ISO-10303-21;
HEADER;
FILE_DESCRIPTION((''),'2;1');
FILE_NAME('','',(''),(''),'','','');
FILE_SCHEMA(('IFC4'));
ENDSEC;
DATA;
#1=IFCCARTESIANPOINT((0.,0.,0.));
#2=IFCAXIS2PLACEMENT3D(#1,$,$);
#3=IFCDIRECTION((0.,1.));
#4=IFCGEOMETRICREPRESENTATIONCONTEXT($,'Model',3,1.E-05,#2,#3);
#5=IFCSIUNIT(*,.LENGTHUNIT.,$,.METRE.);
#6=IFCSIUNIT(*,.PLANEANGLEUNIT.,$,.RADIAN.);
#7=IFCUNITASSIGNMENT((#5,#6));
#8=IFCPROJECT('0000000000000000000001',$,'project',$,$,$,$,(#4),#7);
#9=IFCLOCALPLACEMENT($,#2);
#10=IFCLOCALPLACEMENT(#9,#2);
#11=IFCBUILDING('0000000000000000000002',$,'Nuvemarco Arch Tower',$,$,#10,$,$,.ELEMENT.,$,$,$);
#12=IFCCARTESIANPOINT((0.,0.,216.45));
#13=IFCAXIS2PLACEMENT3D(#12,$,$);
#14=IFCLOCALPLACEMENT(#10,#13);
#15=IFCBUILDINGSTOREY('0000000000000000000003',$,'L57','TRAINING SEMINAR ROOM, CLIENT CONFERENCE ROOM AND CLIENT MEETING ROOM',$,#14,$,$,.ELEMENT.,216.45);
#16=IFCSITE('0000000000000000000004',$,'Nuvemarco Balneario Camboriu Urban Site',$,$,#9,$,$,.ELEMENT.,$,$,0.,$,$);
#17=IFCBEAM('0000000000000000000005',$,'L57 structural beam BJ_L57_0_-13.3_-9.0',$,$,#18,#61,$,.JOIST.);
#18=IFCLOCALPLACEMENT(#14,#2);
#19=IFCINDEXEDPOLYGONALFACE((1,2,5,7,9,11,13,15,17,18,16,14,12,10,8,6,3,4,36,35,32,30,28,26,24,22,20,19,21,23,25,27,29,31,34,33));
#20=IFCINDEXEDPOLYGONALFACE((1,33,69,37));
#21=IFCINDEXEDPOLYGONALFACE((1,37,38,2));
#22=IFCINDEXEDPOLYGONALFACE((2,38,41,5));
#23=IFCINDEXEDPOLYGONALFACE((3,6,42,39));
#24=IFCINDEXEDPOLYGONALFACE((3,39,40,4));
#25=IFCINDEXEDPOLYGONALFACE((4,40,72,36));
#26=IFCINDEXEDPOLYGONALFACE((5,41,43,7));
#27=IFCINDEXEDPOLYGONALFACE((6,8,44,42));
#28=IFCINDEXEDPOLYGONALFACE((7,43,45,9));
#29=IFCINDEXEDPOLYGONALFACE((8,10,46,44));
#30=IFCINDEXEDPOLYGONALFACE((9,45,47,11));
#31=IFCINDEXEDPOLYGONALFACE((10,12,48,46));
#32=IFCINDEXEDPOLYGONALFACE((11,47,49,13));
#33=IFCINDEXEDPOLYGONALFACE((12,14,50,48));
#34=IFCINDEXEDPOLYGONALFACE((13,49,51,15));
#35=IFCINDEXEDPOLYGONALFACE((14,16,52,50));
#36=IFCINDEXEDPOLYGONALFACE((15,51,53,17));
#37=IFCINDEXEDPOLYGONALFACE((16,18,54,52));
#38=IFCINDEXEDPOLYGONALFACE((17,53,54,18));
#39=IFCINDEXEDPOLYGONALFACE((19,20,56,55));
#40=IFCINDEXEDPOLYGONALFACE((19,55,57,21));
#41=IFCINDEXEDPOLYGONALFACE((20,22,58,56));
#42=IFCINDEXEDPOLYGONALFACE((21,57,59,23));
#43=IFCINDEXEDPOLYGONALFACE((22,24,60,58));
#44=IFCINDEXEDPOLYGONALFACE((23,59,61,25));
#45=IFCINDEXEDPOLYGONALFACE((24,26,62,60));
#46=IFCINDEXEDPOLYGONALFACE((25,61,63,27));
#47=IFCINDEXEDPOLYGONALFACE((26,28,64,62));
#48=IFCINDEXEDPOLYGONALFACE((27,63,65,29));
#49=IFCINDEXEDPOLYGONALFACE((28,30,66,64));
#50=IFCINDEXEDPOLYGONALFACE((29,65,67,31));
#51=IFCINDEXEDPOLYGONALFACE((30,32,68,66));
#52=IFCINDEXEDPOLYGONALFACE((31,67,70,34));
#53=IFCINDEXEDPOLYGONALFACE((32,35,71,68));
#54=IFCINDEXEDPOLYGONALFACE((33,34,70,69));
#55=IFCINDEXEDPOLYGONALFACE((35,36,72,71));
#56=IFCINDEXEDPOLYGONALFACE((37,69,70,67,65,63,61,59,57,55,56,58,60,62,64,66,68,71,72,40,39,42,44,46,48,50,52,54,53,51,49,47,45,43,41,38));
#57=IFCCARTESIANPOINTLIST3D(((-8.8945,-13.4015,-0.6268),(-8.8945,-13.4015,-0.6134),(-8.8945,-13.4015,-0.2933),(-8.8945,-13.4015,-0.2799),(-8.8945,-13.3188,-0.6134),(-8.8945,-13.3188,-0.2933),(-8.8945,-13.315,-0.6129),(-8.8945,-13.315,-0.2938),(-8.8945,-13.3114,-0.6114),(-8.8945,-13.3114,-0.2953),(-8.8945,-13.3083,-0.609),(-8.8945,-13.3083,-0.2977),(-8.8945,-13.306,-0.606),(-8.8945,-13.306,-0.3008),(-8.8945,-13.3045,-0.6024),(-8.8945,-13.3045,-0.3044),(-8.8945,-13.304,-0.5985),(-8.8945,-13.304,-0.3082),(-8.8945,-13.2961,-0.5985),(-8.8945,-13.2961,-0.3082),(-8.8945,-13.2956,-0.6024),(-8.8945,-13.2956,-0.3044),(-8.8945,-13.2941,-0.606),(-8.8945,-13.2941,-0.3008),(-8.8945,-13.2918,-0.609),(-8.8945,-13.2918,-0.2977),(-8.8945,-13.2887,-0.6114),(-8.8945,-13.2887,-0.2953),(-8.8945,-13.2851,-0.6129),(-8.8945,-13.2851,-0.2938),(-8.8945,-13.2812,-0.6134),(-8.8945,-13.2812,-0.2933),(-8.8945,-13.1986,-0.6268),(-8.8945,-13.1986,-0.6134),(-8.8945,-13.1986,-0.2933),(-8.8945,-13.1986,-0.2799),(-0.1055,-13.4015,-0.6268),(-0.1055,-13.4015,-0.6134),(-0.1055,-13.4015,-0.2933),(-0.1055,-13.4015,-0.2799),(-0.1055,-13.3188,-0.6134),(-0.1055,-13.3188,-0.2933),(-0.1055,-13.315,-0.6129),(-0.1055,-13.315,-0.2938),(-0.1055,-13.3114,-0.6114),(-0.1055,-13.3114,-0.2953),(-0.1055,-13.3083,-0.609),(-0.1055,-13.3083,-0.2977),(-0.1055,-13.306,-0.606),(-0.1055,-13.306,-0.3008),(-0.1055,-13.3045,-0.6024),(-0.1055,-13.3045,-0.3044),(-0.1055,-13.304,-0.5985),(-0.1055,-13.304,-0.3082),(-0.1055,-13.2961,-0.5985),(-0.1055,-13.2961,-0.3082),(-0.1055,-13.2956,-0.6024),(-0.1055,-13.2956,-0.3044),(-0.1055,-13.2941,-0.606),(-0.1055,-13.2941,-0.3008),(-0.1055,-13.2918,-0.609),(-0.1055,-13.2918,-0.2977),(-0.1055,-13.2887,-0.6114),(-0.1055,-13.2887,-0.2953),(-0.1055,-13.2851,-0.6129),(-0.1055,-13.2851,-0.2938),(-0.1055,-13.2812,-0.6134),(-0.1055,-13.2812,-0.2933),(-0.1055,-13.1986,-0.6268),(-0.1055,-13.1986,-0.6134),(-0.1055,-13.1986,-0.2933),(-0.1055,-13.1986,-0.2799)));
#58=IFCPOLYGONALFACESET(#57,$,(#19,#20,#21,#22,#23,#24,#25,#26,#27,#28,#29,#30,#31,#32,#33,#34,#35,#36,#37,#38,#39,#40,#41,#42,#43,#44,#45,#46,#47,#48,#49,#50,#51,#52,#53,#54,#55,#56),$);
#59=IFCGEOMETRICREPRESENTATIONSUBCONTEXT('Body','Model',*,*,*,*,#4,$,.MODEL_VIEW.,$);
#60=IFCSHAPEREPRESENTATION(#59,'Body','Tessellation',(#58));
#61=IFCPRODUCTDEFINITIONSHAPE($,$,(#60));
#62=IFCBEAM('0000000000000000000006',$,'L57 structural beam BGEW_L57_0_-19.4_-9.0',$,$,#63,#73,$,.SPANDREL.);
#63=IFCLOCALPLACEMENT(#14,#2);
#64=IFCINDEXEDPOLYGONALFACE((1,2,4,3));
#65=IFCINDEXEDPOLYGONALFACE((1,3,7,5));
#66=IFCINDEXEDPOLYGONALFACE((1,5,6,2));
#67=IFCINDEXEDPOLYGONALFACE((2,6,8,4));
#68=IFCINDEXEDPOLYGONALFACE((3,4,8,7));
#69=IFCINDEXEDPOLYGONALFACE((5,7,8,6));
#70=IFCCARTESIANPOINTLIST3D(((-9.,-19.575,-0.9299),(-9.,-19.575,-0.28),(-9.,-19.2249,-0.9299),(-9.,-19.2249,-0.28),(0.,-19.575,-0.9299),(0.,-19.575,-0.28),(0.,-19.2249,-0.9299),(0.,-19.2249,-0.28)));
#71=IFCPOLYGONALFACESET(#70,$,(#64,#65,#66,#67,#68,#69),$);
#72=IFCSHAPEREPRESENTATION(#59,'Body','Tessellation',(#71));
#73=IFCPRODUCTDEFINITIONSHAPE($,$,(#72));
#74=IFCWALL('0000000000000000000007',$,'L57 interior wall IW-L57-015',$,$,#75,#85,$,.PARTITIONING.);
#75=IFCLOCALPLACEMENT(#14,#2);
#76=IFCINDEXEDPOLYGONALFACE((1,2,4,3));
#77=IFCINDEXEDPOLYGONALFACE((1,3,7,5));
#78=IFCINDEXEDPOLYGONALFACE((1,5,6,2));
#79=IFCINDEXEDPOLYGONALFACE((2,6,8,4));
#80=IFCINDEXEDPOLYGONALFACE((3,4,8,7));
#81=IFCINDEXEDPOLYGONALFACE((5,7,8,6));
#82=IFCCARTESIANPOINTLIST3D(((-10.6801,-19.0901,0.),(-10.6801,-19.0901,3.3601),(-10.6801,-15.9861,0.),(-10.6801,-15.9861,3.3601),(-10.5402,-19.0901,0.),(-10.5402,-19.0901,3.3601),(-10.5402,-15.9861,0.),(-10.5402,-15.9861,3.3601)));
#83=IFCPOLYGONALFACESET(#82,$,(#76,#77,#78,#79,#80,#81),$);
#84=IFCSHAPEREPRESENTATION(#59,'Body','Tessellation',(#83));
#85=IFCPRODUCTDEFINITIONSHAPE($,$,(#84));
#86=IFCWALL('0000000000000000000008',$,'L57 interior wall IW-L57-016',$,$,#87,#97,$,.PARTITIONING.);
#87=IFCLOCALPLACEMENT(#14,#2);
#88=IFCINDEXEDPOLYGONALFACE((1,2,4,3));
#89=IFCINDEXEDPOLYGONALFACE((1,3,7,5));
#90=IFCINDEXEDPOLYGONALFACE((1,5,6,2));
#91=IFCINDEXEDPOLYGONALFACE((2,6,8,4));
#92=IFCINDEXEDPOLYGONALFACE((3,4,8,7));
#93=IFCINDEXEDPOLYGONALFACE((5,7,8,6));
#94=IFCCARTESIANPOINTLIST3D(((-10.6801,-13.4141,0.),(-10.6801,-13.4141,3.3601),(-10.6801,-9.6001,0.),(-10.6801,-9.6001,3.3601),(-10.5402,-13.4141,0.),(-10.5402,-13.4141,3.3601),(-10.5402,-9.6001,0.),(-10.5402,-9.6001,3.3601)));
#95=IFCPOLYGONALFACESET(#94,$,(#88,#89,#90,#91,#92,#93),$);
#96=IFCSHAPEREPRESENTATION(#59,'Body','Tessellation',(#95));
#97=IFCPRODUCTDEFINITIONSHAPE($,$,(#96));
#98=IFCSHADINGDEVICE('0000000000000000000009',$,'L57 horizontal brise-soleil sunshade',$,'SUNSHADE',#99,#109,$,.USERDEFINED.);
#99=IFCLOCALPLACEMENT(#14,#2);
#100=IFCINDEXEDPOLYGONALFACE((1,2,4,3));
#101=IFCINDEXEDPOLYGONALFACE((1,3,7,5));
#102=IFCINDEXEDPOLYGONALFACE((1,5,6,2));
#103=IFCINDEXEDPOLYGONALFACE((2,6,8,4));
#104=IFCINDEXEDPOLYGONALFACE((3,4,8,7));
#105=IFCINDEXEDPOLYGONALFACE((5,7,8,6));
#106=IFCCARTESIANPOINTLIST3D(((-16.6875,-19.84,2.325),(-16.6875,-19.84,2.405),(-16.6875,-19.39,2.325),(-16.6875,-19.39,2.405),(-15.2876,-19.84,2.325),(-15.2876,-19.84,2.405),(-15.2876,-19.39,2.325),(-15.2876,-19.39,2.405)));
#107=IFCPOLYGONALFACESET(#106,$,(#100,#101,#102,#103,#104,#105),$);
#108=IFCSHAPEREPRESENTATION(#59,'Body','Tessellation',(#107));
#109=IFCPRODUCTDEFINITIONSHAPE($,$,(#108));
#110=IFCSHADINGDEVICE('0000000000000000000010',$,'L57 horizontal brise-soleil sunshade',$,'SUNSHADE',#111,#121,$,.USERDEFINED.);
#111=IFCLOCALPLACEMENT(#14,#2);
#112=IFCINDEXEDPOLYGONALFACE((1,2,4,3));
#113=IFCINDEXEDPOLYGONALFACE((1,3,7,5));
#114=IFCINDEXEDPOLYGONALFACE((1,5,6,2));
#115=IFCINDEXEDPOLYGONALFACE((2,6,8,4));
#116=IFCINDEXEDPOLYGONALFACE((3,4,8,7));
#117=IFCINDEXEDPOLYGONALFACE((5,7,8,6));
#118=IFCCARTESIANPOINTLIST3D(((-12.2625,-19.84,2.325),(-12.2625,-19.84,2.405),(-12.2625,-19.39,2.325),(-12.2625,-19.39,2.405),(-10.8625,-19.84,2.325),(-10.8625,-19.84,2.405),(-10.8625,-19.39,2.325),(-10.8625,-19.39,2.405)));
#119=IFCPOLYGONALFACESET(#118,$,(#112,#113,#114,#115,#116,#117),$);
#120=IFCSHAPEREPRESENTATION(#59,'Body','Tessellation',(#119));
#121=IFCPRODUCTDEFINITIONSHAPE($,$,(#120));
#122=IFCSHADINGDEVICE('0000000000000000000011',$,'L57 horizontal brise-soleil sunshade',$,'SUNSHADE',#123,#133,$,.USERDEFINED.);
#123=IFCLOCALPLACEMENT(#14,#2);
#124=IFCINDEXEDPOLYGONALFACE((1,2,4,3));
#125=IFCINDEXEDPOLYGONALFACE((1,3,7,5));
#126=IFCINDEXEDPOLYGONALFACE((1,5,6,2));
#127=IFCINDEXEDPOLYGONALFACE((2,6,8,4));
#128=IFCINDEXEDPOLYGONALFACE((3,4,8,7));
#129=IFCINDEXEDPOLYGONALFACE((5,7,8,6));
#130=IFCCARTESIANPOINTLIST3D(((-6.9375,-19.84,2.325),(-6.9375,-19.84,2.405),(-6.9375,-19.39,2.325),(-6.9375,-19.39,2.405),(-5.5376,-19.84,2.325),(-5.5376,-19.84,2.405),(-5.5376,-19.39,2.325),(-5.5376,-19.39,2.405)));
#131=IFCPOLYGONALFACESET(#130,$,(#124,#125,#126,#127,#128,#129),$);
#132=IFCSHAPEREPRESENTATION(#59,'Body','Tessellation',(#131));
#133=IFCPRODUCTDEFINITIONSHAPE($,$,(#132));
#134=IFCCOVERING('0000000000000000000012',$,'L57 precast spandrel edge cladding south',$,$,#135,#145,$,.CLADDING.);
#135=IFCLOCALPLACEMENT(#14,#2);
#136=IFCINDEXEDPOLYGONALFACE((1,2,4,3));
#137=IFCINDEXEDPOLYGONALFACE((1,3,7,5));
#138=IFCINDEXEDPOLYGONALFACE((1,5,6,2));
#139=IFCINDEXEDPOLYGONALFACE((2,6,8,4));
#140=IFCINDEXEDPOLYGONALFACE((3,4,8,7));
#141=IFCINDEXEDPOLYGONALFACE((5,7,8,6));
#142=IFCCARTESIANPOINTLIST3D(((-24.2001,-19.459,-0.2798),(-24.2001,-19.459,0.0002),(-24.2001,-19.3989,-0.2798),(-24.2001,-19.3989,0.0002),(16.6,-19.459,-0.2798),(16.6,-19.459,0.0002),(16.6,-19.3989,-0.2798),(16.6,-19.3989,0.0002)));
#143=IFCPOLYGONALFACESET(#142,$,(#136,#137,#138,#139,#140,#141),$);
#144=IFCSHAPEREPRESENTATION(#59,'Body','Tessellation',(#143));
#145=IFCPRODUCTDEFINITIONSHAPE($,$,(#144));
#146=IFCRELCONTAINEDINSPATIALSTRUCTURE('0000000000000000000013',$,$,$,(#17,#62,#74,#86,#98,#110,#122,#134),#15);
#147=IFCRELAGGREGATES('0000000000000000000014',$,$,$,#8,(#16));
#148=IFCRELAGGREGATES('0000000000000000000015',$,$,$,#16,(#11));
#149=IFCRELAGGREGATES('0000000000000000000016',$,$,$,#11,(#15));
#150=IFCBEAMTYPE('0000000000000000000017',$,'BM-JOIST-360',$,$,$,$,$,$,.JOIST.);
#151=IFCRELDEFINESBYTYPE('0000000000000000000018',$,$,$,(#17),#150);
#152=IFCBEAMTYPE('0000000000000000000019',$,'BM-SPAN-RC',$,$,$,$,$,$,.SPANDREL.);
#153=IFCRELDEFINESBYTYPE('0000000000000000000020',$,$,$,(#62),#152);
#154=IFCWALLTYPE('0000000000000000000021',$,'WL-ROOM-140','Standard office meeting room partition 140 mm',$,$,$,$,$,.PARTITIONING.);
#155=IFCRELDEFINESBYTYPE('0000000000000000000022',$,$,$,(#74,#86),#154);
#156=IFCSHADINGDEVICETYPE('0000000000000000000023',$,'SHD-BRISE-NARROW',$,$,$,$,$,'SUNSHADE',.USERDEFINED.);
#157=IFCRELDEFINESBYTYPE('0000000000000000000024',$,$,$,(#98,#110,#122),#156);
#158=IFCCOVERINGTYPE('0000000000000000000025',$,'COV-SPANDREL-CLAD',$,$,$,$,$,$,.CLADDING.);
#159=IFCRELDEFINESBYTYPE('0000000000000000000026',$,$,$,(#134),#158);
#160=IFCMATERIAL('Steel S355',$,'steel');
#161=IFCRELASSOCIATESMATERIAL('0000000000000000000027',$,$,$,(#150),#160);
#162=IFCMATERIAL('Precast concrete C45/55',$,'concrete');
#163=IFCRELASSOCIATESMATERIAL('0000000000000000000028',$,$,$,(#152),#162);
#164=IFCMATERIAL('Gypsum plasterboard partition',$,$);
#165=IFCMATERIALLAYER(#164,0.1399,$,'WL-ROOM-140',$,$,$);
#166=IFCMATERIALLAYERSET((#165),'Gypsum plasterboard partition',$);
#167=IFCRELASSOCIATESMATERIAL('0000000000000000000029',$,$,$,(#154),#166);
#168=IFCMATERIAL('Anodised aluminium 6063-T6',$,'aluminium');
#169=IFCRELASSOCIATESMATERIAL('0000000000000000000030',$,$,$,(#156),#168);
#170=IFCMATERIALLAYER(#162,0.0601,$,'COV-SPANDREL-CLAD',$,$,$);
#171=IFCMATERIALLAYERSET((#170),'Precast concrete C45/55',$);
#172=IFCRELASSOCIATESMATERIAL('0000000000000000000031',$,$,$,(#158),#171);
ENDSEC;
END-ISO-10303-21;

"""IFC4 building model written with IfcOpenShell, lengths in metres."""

from ifc_helpers import new_model, si_unit, direction, frame, frame_2d, origin, origin_2d, place, context, subcontext, project, spatial, rectangle, i_section, extrude, source, transform, mapped, material, layer, layer_set, material_profile, profile_set, type_object, type_shapes, element, save


model = new_model("IFC4")

# Units and contexts
model_context = context("Model", 3, precision=1e-05, world=origin(), true_north=direction((0.0, 1.0)))
body_context = subcontext(model_context, "Body", "Model", "MODEL_VIEW")
ifc_project = project(units=[si_unit("LENGTHUNIT", "METRE"), si_unit("PLANEANGLEUNIT", "RADIAN")], contexts=[model_context])

# Site, building, storey
site_placement = place(None, origin())
site = spatial("IfcSite", under=ifc_project, at=site_placement, Name="Nuvemarco Balneario Camboriu Urban Site", CompositionType="ELEMENT", RefElevation=0.0)
building_placement = place(site_placement, origin())
building = spatial("IfcBuilding", under=site, at=building_placement, Name="Nuvemarco Arch Tower", CompositionType="ELEMENT")
storey_placement = place(building_placement, frame((0.0, 0.0, 216.45)))
storey = spatial("IfcBuildingStorey", under=building, at=storey_placement, Name="L57", Description="TRAINING SEMINAR ROOM, CLIENT CONFERENCE ROOM AND CLIENT MEETING ROOM", CompositionType="ELEMENT", Elevation=216.45)

# Shared definitions
ifc_material_1 = material(Name="Steel S355", Category="steel")

# Beams
ifc_material_profile_1 = material_profile(ifc_material_1, i_section(OverallWidth=0.2029, OverallDepth=0.3469, WebThickness=0.0078, FlangeThickness=0.0134, FilletRadius=0.0149, at=origin_2d()), Name="W360x64")
ifc_profile_set_1 = profile_set([ifc_material_profile_1], Name="Steel S355")
beam_type_1 = type_object("IfcBeamType", Name="BM-JOIST-360", PredefinedType="JOIST", material=ifc_profile_set_1)
beam_1_placement = place(storey_placement, frame((-8.8945, -13.3, -0.4534), z_axis=(1.0, 0.0, 0.0), x_axis=(0.0, 1.0, 0.0)))
element("IfcBeam", 1, at=beam_1_placement, inside=storey, type_object=beam_type_1, Name="L57 structural beam BJ_L57_0_-13.3_-9.0", PredefinedType="JOIST", context=body_context, shape_type="SweptSolid", body=[
    extrude(i_section(OverallWidth=0.2029, OverallDepth=0.3469, WebThickness=0.0078, FlangeThickness=0.0134, FilletRadius=0.0149, at=origin_2d()), origin(), (0.0, 0.0, 1.0), 8.7891),
])
ifc_material_2 = material(Name="Precast concrete C45/55", Category="concrete")
ifc_material_profile_2 = material_profile(ifc_material_2, rectangle(XDim=0.3501, YDim=0.6499, at=origin_2d()), Name="PC-SP-350x650")
ifc_profile_set_2 = profile_set([ifc_material_profile_2], Name="Precast concrete C45/55")
beam_type_2 = type_object("IfcBeamType", Name="BM-SPAN-RC", PredefinedType="SPANDREL", material=ifc_profile_set_2)
beam_2_placement = place(storey_placement, frame((-9.0, -19.3999, -0.605), z_axis=(1.0, 0.0, 0.0), x_axis=(0.0, 1.0, 0.0)))
element("IfcBeam", 2, at=beam_2_placement, inside=storey, type_object=beam_type_2, Name="L57 structural beam BGEW_L57_0_-19.4_-9.0", PredefinedType="SPANDREL", context=body_context, shape_type="SweptSolid", body=[
    extrude(rectangle(XDim=0.3501, YDim=0.6499, at=origin_2d()), origin(), (0.0, 0.0, 1.0), 9.0),
])

# Walls
ifc_material_3 = material(Name="Gypsum plasterboard partition")
ifc_layer_1 = layer(ifc_material_3, 0.1399, Name="WL-ROOM-140")
ifc_layer_set_1 = layer_set([ifc_layer_1], Name="Gypsum plasterboard partition")
wall_type = type_object("IfcWallType", Name="WL-ROOM-140", Description="Standard office meeting room partition 140 mm", PredefinedType="PARTITIONING", material=ifc_layer_set_1)
wall_1_placement = place(storey_placement, frame((-10.6101, -19.0901, 0.0), z_axis=(0.0, 0.0, 1.0), x_axis=(0.0, 1.0, 0.0)))
element("IfcWall", 3, at=wall_1_placement, inside=storey, type_object=wall_type, Name="L57 interior wall IW-L57-015", PredefinedType="PARTITIONING", context=body_context, shape_type="SweptSolid", body=[
    extrude(rectangle(XDim=3.104, YDim=0.1399, at=frame_2d((1.552, 0.0))), origin(), (0.0, 0.0, 1.0), 3.3601),
])
wall_2_placement = place(storey_placement, frame((-10.6101, -13.4141, 0.0), z_axis=(0.0, 0.0, 1.0), x_axis=(0.0, 1.0, 0.0)))
element("IfcWall", 4, at=wall_2_placement, inside=storey, type_object=wall_type, Name="L57 interior wall IW-L57-016", PredefinedType="PARTITIONING", context=body_context, shape_type="SweptSolid", body=[
    extrude(rectangle(XDim=3.814, YDim=0.1399, at=frame_2d((1.907, 0.0))), origin(), (0.0, 0.0, 1.0), 3.3601),
])

# Shading devices
ifc_material_4 = material(Name="Anodised aluminium 6063-T6", Category="aluminium")
shading_device_type = type_object("IfcShadingDeviceType", Name="SHD-BRISE-NARROW", ElementType="SUNSHADE", PredefinedType="USERDEFINED", material=ifc_material_4)
shared_shape_1 = source(origin(), body_context, "Body", "SweptSolid", [
    extrude(rectangle(XDim=1.3999, YDim=0.45, at=origin_2d()), origin(), (0.0, 0.0, 1.0), 0.0801),
])
type_shapes(shading_device_type, [shared_shape_1])
for number, where, z_axis, x_axis, name in (
    (5, (-15.9875, -19.615, 2.325), (0.0, 0.0, 1.0), (1.0, 0.0, 0.0), "L57 horizontal brise-soleil sunshade"),
    (6, (-11.5625, -19.615, 2.325), (0.0, 0.0, 1.0), (1.0, 0.0, 0.0), "L57 horizontal brise-soleil sunshade"),
    (7, (-6.2375, -19.615, 2.325), (0.0, 0.0, 1.0), (1.0, 0.0, 0.0), "L57 horizontal brise-soleil sunshade"),
):
    element("IfcShadingDevice", number, at=place(storey_placement, frame(where, z_axis=z_axis, x_axis=x_axis)), inside=storey, type_object=shading_device_type, Name=name, ObjectType="SUNSHADE", PredefinedType="USERDEFINED", context=body_context, shape_type="MappedRepresentation", body=[
        mapped(shared_shape_1, transform((0.0, 0.0, 0.0), scale=1.0)),
    ])

# Covering
ifc_layer_2 = layer(ifc_material_2, 0.0601, Name="COV-SPANDREL-CLAD")
ifc_layer_set_2 = layer_set([ifc_layer_2], Name="Precast concrete C45/55")
covering_type = type_object("IfcCoveringType", Name="COV-SPANDREL-CLAD", PredefinedType="CLADDING", material=ifc_layer_set_2)
shared_shape_2 = source(origin(), body_context, "Body", "SweptSolid", [
    extrude(rectangle(XDim=40.8, YDim=0.0601, at=origin_2d()), origin(), (0.0, 0.0, 1.0), 0.28),
])
type_shapes(covering_type, [shared_shape_2])
covering_placement = place(storey_placement, frame((-3.8, -19.429, -0.2798), z_axis=(0.0, 0.0, 1.0), x_axis=(1.0, 0.0, 0.0)))
element("IfcCovering", 8, at=covering_placement, inside=storey, type_object=covering_type, Name="L57 precast spandrel edge cladding south", PredefinedType="CLADDING", context=body_context, shape_type="MappedRepresentation", body=[
    mapped(shared_shape_2, transform((0.0, 0.0, 0.0), scale=1.0)),
])

save(model, "model.ifc")
